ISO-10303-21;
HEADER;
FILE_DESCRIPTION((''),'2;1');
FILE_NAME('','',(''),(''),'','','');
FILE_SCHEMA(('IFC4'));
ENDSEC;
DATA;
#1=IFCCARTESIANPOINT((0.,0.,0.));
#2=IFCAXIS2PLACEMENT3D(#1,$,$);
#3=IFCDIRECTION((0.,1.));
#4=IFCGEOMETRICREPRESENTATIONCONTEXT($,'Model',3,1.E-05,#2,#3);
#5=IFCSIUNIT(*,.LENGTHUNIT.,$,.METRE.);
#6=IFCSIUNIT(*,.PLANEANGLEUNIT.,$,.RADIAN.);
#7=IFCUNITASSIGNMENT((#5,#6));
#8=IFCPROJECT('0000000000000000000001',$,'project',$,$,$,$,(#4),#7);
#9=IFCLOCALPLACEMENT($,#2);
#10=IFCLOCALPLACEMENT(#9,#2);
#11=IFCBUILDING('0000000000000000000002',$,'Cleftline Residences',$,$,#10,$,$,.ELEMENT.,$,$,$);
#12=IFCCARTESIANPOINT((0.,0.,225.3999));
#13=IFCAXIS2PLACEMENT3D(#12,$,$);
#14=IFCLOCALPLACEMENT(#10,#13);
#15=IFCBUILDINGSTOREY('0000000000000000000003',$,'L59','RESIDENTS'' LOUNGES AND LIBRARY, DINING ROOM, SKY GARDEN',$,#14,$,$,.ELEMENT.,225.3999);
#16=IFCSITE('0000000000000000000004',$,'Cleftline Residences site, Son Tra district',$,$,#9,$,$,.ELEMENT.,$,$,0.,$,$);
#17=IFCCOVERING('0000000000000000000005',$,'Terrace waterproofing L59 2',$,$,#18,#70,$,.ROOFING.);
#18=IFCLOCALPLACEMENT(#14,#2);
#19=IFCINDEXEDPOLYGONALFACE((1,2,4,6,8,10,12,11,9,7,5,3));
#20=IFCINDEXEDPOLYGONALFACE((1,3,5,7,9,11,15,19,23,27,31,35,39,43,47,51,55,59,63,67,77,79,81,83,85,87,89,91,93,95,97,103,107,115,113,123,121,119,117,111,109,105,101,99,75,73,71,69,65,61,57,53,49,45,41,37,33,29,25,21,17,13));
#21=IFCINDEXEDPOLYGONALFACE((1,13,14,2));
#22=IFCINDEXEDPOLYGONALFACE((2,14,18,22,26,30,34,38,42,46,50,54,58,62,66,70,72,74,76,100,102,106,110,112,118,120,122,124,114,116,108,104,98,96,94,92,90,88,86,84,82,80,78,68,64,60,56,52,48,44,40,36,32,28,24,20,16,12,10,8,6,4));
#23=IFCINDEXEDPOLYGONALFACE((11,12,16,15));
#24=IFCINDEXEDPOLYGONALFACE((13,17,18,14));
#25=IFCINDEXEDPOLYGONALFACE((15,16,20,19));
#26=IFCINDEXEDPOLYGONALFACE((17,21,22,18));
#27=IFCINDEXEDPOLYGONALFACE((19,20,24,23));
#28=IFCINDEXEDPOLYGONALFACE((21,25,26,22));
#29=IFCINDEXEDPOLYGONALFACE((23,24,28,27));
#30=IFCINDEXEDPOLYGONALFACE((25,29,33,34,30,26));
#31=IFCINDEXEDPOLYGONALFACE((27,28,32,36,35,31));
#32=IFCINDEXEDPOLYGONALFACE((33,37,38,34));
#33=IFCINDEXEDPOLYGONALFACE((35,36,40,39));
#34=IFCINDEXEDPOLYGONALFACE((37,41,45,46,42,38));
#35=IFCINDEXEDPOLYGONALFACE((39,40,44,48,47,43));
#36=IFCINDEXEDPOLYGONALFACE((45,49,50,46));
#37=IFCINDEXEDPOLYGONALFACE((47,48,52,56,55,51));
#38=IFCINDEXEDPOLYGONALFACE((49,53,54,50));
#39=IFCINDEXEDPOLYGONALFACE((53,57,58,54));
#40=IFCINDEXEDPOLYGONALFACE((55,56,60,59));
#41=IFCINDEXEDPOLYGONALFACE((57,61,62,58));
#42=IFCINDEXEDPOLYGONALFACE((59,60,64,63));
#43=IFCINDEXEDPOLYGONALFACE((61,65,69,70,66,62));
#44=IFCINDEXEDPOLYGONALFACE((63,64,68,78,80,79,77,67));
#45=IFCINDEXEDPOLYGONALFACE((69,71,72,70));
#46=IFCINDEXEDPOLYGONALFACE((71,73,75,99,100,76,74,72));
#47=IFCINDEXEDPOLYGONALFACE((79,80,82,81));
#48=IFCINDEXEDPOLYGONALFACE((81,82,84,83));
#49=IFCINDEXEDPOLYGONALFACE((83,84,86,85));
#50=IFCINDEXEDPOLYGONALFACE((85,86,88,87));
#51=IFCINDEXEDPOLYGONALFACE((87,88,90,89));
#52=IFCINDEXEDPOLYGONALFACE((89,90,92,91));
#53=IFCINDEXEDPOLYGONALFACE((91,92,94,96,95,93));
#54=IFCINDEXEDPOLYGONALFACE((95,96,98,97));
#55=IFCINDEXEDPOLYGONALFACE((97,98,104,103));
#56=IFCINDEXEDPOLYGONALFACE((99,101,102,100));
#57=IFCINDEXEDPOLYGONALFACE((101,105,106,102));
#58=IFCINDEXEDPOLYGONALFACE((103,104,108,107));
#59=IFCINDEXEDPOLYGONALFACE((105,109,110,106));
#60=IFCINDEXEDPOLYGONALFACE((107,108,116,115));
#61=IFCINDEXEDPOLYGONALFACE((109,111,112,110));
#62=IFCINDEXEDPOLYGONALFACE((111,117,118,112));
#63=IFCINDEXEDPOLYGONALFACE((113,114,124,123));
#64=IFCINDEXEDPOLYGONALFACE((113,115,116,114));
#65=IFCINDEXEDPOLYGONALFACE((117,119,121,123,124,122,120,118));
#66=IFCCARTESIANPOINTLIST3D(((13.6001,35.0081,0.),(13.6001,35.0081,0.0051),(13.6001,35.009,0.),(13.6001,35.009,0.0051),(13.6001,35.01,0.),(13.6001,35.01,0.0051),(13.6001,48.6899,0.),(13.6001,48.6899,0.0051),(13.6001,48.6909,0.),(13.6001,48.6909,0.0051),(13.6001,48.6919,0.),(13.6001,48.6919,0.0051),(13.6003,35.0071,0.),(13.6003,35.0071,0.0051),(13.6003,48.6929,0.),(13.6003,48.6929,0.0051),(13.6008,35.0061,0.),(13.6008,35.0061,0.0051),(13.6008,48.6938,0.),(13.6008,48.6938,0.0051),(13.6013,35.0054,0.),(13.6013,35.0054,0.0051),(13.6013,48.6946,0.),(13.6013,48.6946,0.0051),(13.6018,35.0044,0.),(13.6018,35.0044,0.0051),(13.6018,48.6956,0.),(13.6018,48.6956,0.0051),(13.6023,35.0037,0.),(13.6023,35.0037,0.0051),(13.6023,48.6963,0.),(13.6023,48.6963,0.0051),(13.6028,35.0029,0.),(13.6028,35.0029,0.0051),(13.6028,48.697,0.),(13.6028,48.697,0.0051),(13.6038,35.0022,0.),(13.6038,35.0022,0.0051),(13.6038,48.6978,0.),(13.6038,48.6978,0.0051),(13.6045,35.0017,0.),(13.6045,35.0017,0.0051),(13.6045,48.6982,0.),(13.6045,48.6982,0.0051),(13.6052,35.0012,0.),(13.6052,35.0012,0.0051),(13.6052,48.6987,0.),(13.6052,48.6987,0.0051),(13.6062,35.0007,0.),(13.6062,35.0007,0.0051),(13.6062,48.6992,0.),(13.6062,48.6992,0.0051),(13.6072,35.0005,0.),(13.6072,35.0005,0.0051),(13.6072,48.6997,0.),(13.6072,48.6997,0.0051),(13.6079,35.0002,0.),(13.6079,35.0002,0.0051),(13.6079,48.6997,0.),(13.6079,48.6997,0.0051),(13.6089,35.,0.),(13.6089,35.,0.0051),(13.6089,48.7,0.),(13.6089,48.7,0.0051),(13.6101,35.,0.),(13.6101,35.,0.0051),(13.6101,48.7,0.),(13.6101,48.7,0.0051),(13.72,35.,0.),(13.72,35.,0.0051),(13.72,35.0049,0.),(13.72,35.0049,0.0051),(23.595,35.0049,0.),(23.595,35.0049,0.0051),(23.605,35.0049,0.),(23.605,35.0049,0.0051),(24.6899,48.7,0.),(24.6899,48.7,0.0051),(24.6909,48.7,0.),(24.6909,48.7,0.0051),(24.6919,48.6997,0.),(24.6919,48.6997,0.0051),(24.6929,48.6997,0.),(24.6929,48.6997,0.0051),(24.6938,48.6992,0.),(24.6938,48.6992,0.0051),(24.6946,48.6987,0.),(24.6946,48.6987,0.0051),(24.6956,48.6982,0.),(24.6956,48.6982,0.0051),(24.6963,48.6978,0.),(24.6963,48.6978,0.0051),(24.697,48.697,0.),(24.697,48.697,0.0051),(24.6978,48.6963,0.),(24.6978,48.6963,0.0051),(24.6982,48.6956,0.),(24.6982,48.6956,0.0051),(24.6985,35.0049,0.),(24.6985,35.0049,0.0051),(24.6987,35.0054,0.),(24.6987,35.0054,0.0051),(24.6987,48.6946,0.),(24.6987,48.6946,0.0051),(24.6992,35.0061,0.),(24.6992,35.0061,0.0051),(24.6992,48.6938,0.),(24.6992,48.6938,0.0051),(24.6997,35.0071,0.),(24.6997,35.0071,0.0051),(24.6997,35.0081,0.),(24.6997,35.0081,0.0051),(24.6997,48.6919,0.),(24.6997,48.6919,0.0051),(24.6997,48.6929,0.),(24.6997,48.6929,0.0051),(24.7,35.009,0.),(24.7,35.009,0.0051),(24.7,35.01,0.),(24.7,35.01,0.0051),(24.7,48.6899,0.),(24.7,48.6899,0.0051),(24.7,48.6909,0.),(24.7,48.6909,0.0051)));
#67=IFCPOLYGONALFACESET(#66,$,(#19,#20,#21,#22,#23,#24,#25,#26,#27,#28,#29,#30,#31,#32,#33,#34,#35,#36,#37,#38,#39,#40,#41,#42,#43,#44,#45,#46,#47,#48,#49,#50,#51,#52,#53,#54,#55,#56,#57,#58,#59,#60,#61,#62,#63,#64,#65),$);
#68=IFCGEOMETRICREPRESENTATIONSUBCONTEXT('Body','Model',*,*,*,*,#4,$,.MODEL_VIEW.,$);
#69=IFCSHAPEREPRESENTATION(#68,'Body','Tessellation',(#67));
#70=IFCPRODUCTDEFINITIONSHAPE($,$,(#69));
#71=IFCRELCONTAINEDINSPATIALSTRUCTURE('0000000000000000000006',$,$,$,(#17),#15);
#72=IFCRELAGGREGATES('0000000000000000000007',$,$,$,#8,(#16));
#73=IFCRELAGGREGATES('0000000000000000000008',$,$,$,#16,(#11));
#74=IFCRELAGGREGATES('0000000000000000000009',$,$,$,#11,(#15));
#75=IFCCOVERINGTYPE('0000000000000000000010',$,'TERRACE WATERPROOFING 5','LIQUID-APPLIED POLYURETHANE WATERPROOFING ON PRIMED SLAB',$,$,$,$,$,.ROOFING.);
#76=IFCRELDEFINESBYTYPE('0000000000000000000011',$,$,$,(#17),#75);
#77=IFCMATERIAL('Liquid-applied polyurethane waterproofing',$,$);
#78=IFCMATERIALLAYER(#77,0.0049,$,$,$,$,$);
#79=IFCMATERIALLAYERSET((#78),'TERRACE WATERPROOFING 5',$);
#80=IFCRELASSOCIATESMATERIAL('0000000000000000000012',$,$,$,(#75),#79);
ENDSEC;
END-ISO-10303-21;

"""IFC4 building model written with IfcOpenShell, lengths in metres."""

from ifc_helpers import new_model, si_unit, direction, frame, origin, place, context, subcontext, project, spatial, polyline, outline, extrude, material, layer, layer_set, type_object, element, save


model = new_model("IFC4")

# Units and contexts
model_context = context("Model", 3, precision=1e-05, world=origin(), true_north=direction((0.0, 1.0)))
body_context = subcontext(model_context, "Body", "Model", "MODEL_VIEW")
ifc_project = project(units=[si_unit("LENGTHUNIT", "METRE"), si_unit("PLANEANGLEUNIT", "RADIAN")], contexts=[model_context])

# Site, building, storey
site_placement = place(None, origin())
site = spatial("IfcSite", under=ifc_project, at=site_placement, Name="Cleftline Residences site, Son Tra district", CompositionType="ELEMENT", RefElevation=0.0)
building_placement = place(site_placement, origin())
building = spatial("IfcBuilding", under=site, at=building_placement, Name="Cleftline Residences", CompositionType="ELEMENT")
storey_placement = place(building_placement, frame((0.0, 0.0, 225.3999)))
storey = spatial("IfcBuildingStorey", under=building, at=storey_placement, Name="L59", Description="RESIDENTS' LOUNGES AND LIBRARY, DINING ROOM, SKY GARDEN", CompositionType="ELEMENT", Elevation=225.3999)

# Covering
ifc_material_1 = material(Name="Liquid-applied polyurethane waterproofing")
ifc_layer_1 = layer(ifc_material_1, 0.0049)
ifc_layer_set_1 = layer_set([ifc_layer_1], Name="TERRACE WATERPROOFING 5")
covering_type_1 = type_object("IfcCoveringType", Name="TERRACE WATERPROOFING 5", Description="LIQUID-APPLIED POLYURETHANE WATERPROOFING ON PRIMED SLAB", PredefinedType="ROOFING", material=ifc_layer_set_1)
covering_1_placement = place(storey_placement, origin())
element("IfcCovering", 1, at=covering_1_placement, inside=storey, type_object=covering_type_1, Name="Terrace waterproofing L59 2", PredefinedType="ROOFING", context=body_context, shape_type="SweptSolid", body=[
    extrude(outline(polyline([(13.6001, 35.01), (13.6001, 35.009), (13.6001, 35.0081), (13.6003, 35.0071), (13.6008, 35.0061), (13.6013, 35.0054), (13.6018, 35.0044), (13.6023, 35.0037), (13.6028, 35.0029), (13.6038, 35.0022), (13.6045, 35.0017), (13.6052, 35.0012), (13.6062, 35.0007), (13.6072, 35.0005), (13.6079, 35.0002), (13.6089, 35.0), (13.6101, 35.0), (13.72, 35.0), (13.72, 35.0049), (23.595, 35.0049), (23.605, 35.0049), (24.6985, 35.0049), (24.6987, 35.0054), (24.6992, 35.0061), (24.6997, 35.0071), (24.6997, 35.0081), (24.7, 35.009), (24.7, 35.01), (24.7, 48.6899), (24.7, 48.6909), (24.6997, 48.6919), (24.6997, 48.6929), (24.6992, 48.6938), (24.6987, 48.6946), (24.6982, 48.6956), (24.6978, 48.6963), (24.697, 48.697), (24.6963, 48.6978), (24.6956, 48.6982), (24.6946, 48.6987), (24.6938, 48.6992), (24.6929, 48.6997), (24.6919, 48.6997), (24.6909, 48.7), (24.6899, 48.7), (13.6101, 48.7), (13.6089, 48.7), (13.6079, 48.6997), (13.6072, 48.6997), (13.6062, 48.6992), (13.6052, 48.6987), (13.6045, 48.6982), (13.6038, 48.6978), (13.6028, 48.697), (13.6023, 48.6963), (13.6018, 48.6956), (13.6013, 48.6946), (13.6008, 48.6938), (13.6003, 48.6929), (13.6001, 48.6919), (13.6001, 48.6909), (13.6001, 48.6899), (13.6001, 35.01)])), origin(), (0.0, 0.0, 1.0), 0.0051),
])

save(model, "model.ifc")
